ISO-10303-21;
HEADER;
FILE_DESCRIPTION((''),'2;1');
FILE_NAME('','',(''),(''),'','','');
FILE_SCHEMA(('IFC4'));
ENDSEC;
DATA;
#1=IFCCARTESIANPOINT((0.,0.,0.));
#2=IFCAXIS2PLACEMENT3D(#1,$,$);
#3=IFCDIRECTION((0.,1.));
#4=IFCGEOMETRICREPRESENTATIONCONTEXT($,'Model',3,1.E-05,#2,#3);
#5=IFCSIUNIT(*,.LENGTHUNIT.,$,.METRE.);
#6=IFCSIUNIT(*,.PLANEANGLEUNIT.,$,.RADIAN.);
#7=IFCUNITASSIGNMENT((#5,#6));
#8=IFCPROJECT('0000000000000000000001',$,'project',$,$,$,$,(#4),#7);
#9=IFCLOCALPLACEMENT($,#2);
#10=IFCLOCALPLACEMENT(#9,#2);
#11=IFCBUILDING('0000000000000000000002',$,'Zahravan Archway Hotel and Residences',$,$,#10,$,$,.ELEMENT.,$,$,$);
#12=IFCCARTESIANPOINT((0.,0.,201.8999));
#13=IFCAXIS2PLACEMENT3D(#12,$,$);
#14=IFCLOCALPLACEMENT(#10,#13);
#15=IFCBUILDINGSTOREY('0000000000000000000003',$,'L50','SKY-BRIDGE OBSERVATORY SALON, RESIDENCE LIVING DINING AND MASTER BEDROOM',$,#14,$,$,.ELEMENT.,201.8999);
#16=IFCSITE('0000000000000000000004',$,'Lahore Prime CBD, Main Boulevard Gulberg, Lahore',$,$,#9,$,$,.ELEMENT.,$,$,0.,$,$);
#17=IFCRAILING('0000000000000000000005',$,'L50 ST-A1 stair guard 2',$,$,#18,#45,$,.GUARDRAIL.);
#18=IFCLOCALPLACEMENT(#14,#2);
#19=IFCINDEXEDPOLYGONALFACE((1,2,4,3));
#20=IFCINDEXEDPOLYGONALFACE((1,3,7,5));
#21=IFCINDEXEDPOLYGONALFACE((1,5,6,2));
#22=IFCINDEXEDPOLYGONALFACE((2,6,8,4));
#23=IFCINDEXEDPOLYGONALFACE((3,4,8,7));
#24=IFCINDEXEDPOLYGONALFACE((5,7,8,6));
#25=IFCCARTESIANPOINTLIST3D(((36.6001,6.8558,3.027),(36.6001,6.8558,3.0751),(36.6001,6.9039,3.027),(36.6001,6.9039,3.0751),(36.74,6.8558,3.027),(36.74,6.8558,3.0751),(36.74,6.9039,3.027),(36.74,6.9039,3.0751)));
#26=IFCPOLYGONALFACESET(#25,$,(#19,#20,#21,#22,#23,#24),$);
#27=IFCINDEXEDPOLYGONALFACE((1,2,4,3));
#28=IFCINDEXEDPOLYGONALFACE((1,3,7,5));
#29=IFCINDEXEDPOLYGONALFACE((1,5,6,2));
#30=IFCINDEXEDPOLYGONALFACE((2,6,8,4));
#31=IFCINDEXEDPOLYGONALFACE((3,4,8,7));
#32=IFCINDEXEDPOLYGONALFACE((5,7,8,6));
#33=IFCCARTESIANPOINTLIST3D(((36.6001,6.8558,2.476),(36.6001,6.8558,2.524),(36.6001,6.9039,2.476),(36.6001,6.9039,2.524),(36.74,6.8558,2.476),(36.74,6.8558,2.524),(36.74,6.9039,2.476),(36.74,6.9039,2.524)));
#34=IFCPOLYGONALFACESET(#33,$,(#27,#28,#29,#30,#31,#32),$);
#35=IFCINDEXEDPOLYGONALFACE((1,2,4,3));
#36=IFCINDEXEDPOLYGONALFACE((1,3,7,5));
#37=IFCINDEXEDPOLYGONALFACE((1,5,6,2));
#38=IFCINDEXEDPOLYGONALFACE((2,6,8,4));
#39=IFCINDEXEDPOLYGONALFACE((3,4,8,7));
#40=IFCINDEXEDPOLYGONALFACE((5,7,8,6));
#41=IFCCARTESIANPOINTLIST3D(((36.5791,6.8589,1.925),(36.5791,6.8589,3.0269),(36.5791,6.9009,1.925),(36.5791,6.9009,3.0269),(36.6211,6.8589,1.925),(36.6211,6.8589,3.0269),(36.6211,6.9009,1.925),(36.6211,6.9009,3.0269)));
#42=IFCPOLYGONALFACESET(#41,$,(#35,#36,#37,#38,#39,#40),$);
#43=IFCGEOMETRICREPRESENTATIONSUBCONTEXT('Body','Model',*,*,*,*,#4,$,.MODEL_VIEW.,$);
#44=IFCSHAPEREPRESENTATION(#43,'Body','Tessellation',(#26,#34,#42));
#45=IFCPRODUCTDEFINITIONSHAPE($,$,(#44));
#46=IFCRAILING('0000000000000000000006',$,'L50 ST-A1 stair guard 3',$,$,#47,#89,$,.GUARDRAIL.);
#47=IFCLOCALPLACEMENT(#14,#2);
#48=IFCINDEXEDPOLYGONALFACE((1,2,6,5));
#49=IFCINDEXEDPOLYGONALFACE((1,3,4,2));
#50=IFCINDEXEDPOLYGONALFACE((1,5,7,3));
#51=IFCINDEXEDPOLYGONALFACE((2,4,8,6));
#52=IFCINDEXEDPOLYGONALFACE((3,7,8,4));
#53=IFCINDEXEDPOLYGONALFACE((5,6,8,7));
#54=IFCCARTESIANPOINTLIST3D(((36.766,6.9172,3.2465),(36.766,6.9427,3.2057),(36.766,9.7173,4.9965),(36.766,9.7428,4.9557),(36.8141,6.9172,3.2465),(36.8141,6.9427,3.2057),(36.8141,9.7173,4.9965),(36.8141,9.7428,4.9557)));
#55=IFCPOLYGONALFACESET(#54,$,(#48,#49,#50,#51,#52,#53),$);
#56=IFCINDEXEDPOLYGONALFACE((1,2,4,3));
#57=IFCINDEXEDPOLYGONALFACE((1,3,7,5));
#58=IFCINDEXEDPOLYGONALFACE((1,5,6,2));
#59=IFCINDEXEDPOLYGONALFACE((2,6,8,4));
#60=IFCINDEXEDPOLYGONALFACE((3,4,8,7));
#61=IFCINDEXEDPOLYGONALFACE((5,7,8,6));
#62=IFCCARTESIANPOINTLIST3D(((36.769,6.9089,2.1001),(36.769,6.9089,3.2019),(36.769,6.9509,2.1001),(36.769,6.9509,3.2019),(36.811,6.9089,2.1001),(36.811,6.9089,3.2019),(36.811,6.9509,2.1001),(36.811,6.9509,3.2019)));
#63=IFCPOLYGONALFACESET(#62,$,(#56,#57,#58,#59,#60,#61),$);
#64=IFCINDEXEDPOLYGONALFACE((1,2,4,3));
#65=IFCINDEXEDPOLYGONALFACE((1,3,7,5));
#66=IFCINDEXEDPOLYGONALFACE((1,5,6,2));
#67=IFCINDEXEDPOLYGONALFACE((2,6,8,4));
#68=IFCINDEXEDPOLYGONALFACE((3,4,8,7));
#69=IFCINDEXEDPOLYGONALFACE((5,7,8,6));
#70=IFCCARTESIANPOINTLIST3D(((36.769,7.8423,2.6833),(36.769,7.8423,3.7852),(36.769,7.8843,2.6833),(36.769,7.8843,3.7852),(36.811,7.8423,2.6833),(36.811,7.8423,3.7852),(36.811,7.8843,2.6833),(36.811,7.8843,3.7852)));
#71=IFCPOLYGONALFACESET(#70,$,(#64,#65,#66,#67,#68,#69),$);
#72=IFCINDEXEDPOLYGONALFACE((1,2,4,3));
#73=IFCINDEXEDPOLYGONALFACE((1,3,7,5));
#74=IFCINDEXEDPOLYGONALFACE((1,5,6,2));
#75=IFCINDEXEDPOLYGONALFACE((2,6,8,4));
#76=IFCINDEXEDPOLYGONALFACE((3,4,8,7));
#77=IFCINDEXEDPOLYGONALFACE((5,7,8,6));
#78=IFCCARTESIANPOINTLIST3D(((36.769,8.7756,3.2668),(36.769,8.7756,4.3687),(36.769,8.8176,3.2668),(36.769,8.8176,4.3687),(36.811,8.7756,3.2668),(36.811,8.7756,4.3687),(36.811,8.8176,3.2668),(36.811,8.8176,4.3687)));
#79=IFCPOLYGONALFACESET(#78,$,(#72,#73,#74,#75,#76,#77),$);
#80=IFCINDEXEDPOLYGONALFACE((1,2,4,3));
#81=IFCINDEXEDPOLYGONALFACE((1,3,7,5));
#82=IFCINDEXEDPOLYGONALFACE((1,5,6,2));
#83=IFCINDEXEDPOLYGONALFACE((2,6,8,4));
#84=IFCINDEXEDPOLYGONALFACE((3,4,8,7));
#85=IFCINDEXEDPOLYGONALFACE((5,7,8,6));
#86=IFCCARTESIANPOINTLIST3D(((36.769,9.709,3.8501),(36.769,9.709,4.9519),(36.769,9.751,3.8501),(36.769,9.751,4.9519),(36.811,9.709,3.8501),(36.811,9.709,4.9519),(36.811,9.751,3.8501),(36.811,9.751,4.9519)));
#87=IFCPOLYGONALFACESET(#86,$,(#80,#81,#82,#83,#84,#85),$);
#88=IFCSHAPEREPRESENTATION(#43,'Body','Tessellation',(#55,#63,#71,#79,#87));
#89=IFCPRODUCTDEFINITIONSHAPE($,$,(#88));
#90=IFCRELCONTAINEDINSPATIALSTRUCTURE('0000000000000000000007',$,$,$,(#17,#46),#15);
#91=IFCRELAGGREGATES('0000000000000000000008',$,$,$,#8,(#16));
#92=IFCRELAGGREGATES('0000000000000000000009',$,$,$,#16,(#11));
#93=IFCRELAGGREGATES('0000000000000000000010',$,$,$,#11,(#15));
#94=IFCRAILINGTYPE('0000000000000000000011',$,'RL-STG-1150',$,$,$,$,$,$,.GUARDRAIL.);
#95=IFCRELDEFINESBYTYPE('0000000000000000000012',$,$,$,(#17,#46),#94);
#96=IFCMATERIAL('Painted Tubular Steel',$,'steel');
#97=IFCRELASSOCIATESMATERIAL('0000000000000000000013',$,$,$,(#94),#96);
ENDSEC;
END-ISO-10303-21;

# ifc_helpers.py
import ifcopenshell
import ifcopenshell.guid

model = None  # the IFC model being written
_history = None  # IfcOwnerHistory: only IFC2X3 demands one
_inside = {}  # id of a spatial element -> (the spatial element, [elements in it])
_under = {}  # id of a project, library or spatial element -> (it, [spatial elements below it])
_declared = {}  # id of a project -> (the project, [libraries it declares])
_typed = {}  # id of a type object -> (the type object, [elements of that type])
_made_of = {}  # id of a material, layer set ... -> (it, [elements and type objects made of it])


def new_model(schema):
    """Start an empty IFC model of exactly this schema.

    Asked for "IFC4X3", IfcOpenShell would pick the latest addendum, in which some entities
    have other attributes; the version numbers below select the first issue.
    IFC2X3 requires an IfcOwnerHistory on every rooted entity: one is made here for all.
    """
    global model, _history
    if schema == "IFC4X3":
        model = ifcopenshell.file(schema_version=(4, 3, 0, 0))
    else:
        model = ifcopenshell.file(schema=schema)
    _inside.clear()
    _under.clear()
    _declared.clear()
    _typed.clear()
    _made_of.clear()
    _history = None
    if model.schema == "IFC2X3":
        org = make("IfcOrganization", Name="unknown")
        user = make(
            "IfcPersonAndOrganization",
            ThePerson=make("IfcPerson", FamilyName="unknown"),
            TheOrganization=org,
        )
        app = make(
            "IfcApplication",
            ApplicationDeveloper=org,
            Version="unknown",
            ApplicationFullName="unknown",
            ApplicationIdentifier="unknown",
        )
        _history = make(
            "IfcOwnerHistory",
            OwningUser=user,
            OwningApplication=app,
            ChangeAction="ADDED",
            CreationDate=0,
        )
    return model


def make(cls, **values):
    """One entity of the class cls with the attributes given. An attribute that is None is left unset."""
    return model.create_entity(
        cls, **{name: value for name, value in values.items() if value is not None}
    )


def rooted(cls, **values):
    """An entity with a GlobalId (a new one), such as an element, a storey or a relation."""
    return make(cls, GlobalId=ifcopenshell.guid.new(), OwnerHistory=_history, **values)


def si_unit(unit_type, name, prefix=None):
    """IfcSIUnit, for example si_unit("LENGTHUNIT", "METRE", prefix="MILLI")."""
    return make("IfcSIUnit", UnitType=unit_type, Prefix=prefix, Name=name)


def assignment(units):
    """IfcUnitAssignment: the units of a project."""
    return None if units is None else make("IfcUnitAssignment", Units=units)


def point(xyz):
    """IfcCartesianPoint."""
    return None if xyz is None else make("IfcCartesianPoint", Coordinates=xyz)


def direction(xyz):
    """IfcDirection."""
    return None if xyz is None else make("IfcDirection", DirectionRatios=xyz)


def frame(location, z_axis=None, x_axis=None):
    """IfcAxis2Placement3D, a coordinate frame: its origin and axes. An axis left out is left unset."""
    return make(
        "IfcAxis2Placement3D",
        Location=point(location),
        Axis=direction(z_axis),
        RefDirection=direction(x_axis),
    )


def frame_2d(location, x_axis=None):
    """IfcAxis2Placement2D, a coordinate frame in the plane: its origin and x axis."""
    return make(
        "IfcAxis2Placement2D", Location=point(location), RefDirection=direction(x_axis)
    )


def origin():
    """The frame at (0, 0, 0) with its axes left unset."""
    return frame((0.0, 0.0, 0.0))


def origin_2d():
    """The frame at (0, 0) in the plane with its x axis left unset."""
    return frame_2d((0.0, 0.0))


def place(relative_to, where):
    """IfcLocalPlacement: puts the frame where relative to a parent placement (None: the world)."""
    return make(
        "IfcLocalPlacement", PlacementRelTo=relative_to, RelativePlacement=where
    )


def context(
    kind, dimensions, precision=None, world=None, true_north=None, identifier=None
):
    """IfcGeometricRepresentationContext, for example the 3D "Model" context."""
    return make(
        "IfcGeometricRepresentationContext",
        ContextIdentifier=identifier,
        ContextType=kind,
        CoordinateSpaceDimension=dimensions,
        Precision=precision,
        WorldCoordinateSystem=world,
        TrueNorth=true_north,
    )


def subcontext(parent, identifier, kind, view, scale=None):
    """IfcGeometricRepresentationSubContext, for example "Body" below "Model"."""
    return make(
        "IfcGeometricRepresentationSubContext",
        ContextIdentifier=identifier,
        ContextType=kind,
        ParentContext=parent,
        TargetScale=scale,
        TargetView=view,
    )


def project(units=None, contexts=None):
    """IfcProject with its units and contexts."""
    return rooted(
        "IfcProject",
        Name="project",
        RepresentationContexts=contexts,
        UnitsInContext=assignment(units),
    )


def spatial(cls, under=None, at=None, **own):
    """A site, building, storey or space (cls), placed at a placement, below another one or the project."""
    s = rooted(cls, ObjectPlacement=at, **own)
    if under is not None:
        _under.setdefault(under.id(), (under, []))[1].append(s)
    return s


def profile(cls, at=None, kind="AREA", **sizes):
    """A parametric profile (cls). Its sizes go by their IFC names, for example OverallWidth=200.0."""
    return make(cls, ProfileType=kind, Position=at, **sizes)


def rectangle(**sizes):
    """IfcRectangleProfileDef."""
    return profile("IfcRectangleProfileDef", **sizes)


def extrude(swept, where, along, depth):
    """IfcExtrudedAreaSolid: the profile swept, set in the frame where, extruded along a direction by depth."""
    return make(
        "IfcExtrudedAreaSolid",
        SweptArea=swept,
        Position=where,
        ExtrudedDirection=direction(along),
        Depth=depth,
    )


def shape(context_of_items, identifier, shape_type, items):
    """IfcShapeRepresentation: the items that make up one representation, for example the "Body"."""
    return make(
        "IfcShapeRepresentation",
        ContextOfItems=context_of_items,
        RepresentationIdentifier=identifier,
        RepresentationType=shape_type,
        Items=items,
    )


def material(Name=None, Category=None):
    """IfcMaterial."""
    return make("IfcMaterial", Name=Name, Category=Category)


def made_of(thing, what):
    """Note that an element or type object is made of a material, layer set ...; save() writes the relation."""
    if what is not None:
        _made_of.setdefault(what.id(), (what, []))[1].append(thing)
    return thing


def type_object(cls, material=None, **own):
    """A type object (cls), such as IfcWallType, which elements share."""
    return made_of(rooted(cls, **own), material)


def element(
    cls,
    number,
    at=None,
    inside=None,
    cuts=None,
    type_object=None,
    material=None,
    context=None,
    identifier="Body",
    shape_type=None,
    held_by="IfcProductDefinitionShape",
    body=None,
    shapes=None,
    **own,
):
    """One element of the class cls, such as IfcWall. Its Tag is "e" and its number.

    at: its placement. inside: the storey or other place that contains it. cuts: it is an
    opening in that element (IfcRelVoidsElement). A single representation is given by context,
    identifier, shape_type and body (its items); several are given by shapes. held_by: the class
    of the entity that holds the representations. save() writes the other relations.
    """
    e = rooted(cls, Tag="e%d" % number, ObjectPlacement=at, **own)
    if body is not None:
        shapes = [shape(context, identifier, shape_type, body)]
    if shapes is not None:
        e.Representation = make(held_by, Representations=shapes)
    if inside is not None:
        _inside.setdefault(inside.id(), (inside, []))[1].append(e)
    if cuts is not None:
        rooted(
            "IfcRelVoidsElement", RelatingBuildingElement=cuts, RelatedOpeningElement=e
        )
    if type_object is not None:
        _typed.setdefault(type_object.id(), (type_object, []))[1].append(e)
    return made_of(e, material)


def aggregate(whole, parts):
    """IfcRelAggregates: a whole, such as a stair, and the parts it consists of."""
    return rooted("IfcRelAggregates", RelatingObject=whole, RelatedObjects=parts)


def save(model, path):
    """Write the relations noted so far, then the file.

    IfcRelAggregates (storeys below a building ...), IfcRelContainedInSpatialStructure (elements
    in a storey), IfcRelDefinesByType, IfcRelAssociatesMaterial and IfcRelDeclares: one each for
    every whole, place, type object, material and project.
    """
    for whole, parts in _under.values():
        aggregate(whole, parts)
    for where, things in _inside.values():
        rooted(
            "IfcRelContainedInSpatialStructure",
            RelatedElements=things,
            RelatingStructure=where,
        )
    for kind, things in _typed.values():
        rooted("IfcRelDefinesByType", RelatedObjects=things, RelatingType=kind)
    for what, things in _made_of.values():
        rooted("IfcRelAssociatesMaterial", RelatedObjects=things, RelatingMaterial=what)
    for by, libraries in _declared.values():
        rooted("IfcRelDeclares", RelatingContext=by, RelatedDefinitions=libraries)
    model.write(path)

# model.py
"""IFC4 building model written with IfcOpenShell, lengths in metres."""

from ifc_helpers import new_model, si_unit, direction, frame, origin, origin_2d, place, context, subcontext, project, spatial, rectangle, extrude, material, type_object, element, save


model = new_model("IFC4")

# Units and contexts
model_context = context("Model", 3, precision=1e-05, world=origin(), true_north=direction((0.0, 1.0)))
body_context = subcontext(model_context, "Body", "Model", "MODEL_VIEW")
ifc_project = project(units=[si_unit("LENGTHUNIT", "METRE"), si_unit("PLANEANGLEUNIT", "RADIAN")], contexts=[model_context])

# Site, building, storey
site_placement = place(None, origin())
site = spatial("IfcSite", under=ifc_project, at=site_placement, Name="Lahore Prime CBD, Main Boulevard Gulberg, Lahore", CompositionType="ELEMENT", RefElevation=0.0)
building_placement = place(site_placement, origin())
building = spatial("IfcBuilding", under=site, at=building_placement, Name="Zahravan Archway Hotel and Residences", CompositionType="ELEMENT")
storey_placement = place(building_placement, frame((0.0, 0.0, 201.8999)))
storey = spatial("IfcBuildingStorey", under=building, at=storey_placement, Name="L50", Description="SKY-BRIDGE OBSERVATORY SALON, RESIDENCE LIVING DINING AND MASTER BEDROOM", CompositionType="ELEMENT", Elevation=201.8999)

# Railings
ifc_material_1 = material(Name="Painted Tubular Steel", Category="steel")
railing_type = type_object("IfcRailingType", Name="RL-STG-1150", PredefinedType="GUARDRAIL", material=ifc_material_1)
railing_1_placement = place(storey_placement, frame((36.6001, 6.8799, 1.925)))
element("IfcRailing", 1, at=railing_1_placement, inside=storey, type_object=railing_type, Name="L50 ST-A1 stair guard 2", PredefinedType="GUARDRAIL", context=body_context, shape_type="SweptSolid", body=[
    extrude(rectangle(XDim=0.0481, YDim=0.0481, at=origin_2d()), frame((0.0, 0.0, 1.126), z_axis=(1.0, 0.0, 0.0), x_axis=(0.0, 1.0, 0.0)), (0.0, 0.0, 1.0), 0.1399),
    extrude(rectangle(XDim=0.0481, YDim=0.0481, at=origin_2d()), frame((0.0, 0.0, 0.575), z_axis=(1.0, 0.0, 0.0), x_axis=(0.0, 1.0, 0.0)), (0.0, 0.0, 1.0), 0.1399),
    extrude(rectangle(XDim=0.042, YDim=0.042, at=origin_2d()), origin(), (0.0, 0.0, 1.0), 1.1018),
])
railing_2_placement = place(storey_placement, frame((36.79, 6.9299, 2.1001)))
element("IfcRailing", 2, at=railing_2_placement, inside=storey, type_object=railing_type, Name="L50 ST-A1 stair guard 3", PredefinedType="GUARDRAIL", context=body_context, shape_type="SweptSolid", body=[
    extrude(rectangle(XDim=0.0481, YDim=0.0481, at=origin_2d()), frame((0.0, 0.0, 1.126), z_axis=(0.0, 0.848002, 0.529992), x_axis=(-1.0, 0.0, 0.0)), (0.0, 0.0, 1.0), 3.302),
    extrude(rectangle(XDim=0.042, YDim=0.042, at=origin_2d()), origin(), (0.0, 0.0, 1.0), 1.1018),
    extrude(rectangle(XDim=0.042, YDim=0.042, at=origin_2d()), frame((0.0, 0.9333, 0.5833)), (0.0, 0.0, 1.0), 1.1018),
    extrude(rectangle(XDim=0.042, YDim=0.042, at=origin_2d()), frame((0.0, 1.8667, 1.1667)), (0.0, 0.0, 1.0), 1.1018),
    extrude(rectangle(XDim=0.042, YDim=0.042, at=origin_2d()), frame((0.0, 2.8, 1.75)), (0.0, 0.0, 1.0), 1.1018),
])

save(model, "model.ifc")
